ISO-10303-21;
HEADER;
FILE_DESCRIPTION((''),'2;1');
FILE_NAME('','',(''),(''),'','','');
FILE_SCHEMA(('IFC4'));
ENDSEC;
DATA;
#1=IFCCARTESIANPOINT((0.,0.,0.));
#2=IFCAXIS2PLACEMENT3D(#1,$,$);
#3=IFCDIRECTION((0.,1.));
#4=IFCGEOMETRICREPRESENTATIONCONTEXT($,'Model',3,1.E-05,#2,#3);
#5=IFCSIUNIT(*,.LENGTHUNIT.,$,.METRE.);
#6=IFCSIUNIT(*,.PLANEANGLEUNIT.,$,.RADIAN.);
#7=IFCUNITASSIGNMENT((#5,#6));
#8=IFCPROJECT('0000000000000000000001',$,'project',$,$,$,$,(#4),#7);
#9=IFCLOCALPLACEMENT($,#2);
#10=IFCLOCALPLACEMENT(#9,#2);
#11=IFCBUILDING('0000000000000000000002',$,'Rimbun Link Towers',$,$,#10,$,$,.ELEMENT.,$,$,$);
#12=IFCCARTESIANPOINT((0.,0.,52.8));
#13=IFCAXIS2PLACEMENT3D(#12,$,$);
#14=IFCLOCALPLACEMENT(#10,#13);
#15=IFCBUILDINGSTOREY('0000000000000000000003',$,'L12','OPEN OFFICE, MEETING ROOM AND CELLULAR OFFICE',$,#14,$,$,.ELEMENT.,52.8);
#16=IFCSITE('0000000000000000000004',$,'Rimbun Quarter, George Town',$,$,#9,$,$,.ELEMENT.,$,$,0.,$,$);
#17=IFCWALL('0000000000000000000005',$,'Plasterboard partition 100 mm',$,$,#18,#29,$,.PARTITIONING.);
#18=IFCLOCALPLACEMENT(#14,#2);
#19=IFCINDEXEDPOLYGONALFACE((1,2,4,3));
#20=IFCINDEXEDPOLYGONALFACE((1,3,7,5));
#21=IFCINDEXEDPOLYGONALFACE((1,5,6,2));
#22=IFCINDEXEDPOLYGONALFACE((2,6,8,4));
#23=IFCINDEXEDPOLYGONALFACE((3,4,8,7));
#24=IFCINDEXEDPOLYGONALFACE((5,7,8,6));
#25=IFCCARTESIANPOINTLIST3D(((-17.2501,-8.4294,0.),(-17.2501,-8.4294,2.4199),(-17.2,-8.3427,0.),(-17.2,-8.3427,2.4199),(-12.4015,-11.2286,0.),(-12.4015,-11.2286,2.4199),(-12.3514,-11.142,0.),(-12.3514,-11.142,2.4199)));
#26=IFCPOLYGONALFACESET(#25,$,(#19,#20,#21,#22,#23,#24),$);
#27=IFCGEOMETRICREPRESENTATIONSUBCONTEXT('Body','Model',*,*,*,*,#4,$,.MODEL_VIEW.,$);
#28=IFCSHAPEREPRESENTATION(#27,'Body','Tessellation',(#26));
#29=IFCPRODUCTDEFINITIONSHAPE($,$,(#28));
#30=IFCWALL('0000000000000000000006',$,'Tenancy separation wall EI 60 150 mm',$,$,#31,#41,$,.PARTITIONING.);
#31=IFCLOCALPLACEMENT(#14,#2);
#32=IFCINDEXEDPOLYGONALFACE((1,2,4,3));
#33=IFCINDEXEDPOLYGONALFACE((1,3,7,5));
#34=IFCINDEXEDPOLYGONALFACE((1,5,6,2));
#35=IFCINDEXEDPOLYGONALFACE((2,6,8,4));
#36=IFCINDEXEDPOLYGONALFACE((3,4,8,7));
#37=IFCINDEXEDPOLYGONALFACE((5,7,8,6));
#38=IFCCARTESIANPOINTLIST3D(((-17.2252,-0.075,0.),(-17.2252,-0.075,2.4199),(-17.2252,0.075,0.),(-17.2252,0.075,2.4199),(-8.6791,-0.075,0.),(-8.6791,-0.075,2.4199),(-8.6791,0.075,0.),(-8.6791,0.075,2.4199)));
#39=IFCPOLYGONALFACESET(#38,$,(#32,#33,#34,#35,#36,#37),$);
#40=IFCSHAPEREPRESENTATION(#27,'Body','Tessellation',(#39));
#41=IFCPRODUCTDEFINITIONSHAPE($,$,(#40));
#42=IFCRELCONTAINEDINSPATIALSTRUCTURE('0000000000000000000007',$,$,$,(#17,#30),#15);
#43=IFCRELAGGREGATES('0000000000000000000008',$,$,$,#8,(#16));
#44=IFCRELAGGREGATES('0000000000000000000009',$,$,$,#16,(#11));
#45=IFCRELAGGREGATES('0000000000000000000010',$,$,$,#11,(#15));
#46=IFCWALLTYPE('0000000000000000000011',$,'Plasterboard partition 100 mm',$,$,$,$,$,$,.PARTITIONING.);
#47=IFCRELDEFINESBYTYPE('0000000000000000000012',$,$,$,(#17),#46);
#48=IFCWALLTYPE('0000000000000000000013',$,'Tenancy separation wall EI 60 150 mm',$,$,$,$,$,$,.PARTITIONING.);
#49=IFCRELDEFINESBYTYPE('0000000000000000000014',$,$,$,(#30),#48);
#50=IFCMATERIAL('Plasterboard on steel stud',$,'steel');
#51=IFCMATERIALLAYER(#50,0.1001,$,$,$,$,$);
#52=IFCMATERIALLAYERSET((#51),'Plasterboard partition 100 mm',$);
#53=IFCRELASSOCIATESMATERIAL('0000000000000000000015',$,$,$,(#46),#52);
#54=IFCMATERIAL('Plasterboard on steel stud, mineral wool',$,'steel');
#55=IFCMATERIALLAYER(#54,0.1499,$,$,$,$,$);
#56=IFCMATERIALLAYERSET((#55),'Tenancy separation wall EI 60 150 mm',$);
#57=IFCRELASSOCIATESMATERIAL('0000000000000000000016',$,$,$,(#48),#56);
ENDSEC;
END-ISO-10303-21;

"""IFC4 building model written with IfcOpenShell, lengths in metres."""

from ifc_helpers import new_model, si_unit, direction, frame, frame_2d, origin, place, context, subcontext, project, spatial, rectangle, extrude, material, layer, layer_set, type_object, element, save


model = new_model("IFC4")

# Units and contexts
model_context = context("Model", 3, precision=1e-05, world=origin(), true_north=direction((0.0, 1.0)))
body_context = subcontext(model_context, "Body", "Model", "MODEL_VIEW")
ifc_project = project(units=[si_unit("LENGTHUNIT", "METRE"), si_unit("PLANEANGLEUNIT", "RADIAN")], contexts=[model_context])

# Site, building, storey
site_placement = place(None, origin())
site = spatial("IfcSite", under=ifc_project, at=site_placement, Name="Rimbun Quarter, George Town", CompositionType="ELEMENT", RefElevation=0.0)
building_placement = place(site_placement, origin())
building = spatial("IfcBuilding", under=site, at=building_placement, Name="Rimbun Link Towers", CompositionType="ELEMENT")
storey_placement = place(building_placement, frame((0.0, 0.0, 52.8)))
storey = spatial("IfcBuildingStorey", under=building, at=storey_placement, Name="L12", Description="OPEN OFFICE, MEETING ROOM AND CELLULAR OFFICE", CompositionType="ELEMENT", Elevation=52.8)

# Shared definitions
ifc_material_1 = material(Name="Plasterboard on steel stud", Category="steel")
ifc_layer_1 = layer(ifc_material_1, 0.1001)
ifc_layer_set_1 = layer_set([ifc_layer_1], Name="Plasterboard partition 100 mm")
wall_type_1 = type_object("IfcWallType", Name="Plasterboard partition 100 mm", PredefinedType="PARTITIONING", material=ifc_layer_set_1)

# Walls
wall_1_placement = place(storey_placement, frame((-12.3765, -11.1853, 0.0), z_axis=(0.0, 0.0, 1.0), x_axis=(-0.866029, 0.499994, 0.0)))
element("IfcWall", 1, at=wall_1_placement, inside=storey, type_object=wall_type_1, Name="Plasterboard partition 100 mm", PredefinedType="PARTITIONING", context=body_context, shape_type="SweptSolid", body=[
    extrude(rectangle(XDim=5.5986, YDim=0.1001, at=frame_2d((2.7993, 0.0))), origin(), (0.0, 0.0, 1.0), 2.4199),
])
ifc_material_2 = material(Name="Plasterboard on steel stud, mineral wool", Category="steel")
ifc_layer_2 = layer(ifc_material_2, 0.1499)
ifc_layer_set_2 = layer_set([ifc_layer_2], Name="Tenancy separation wall EI 60 150 mm")
wall_type_2 = type_object("IfcWallType", Name="Tenancy separation wall EI 60 150 mm", PredefinedType="PARTITIONING", material=ifc_layer_set_2)
wall_2_placement = place(storey_placement, frame((-17.2251, 0.0, 0.0), z_axis=(0.0, 0.0, 1.0), x_axis=(1.0, 0.0, 0.0)))
element("IfcWall", 2, at=wall_2_placement, inside=storey, type_object=wall_type_2, Name="Tenancy separation wall EI 60 150 mm", PredefinedType="PARTITIONING", context=body_context, shape_type="SweptSolid", body=[
    extrude(rectangle(XDim=8.5461, YDim=0.1499, at=frame_2d((4.2729, 0.0))), origin(), (0.0, 0.0, 1.0), 2.4199),
])

save(model, "model.ifc")
